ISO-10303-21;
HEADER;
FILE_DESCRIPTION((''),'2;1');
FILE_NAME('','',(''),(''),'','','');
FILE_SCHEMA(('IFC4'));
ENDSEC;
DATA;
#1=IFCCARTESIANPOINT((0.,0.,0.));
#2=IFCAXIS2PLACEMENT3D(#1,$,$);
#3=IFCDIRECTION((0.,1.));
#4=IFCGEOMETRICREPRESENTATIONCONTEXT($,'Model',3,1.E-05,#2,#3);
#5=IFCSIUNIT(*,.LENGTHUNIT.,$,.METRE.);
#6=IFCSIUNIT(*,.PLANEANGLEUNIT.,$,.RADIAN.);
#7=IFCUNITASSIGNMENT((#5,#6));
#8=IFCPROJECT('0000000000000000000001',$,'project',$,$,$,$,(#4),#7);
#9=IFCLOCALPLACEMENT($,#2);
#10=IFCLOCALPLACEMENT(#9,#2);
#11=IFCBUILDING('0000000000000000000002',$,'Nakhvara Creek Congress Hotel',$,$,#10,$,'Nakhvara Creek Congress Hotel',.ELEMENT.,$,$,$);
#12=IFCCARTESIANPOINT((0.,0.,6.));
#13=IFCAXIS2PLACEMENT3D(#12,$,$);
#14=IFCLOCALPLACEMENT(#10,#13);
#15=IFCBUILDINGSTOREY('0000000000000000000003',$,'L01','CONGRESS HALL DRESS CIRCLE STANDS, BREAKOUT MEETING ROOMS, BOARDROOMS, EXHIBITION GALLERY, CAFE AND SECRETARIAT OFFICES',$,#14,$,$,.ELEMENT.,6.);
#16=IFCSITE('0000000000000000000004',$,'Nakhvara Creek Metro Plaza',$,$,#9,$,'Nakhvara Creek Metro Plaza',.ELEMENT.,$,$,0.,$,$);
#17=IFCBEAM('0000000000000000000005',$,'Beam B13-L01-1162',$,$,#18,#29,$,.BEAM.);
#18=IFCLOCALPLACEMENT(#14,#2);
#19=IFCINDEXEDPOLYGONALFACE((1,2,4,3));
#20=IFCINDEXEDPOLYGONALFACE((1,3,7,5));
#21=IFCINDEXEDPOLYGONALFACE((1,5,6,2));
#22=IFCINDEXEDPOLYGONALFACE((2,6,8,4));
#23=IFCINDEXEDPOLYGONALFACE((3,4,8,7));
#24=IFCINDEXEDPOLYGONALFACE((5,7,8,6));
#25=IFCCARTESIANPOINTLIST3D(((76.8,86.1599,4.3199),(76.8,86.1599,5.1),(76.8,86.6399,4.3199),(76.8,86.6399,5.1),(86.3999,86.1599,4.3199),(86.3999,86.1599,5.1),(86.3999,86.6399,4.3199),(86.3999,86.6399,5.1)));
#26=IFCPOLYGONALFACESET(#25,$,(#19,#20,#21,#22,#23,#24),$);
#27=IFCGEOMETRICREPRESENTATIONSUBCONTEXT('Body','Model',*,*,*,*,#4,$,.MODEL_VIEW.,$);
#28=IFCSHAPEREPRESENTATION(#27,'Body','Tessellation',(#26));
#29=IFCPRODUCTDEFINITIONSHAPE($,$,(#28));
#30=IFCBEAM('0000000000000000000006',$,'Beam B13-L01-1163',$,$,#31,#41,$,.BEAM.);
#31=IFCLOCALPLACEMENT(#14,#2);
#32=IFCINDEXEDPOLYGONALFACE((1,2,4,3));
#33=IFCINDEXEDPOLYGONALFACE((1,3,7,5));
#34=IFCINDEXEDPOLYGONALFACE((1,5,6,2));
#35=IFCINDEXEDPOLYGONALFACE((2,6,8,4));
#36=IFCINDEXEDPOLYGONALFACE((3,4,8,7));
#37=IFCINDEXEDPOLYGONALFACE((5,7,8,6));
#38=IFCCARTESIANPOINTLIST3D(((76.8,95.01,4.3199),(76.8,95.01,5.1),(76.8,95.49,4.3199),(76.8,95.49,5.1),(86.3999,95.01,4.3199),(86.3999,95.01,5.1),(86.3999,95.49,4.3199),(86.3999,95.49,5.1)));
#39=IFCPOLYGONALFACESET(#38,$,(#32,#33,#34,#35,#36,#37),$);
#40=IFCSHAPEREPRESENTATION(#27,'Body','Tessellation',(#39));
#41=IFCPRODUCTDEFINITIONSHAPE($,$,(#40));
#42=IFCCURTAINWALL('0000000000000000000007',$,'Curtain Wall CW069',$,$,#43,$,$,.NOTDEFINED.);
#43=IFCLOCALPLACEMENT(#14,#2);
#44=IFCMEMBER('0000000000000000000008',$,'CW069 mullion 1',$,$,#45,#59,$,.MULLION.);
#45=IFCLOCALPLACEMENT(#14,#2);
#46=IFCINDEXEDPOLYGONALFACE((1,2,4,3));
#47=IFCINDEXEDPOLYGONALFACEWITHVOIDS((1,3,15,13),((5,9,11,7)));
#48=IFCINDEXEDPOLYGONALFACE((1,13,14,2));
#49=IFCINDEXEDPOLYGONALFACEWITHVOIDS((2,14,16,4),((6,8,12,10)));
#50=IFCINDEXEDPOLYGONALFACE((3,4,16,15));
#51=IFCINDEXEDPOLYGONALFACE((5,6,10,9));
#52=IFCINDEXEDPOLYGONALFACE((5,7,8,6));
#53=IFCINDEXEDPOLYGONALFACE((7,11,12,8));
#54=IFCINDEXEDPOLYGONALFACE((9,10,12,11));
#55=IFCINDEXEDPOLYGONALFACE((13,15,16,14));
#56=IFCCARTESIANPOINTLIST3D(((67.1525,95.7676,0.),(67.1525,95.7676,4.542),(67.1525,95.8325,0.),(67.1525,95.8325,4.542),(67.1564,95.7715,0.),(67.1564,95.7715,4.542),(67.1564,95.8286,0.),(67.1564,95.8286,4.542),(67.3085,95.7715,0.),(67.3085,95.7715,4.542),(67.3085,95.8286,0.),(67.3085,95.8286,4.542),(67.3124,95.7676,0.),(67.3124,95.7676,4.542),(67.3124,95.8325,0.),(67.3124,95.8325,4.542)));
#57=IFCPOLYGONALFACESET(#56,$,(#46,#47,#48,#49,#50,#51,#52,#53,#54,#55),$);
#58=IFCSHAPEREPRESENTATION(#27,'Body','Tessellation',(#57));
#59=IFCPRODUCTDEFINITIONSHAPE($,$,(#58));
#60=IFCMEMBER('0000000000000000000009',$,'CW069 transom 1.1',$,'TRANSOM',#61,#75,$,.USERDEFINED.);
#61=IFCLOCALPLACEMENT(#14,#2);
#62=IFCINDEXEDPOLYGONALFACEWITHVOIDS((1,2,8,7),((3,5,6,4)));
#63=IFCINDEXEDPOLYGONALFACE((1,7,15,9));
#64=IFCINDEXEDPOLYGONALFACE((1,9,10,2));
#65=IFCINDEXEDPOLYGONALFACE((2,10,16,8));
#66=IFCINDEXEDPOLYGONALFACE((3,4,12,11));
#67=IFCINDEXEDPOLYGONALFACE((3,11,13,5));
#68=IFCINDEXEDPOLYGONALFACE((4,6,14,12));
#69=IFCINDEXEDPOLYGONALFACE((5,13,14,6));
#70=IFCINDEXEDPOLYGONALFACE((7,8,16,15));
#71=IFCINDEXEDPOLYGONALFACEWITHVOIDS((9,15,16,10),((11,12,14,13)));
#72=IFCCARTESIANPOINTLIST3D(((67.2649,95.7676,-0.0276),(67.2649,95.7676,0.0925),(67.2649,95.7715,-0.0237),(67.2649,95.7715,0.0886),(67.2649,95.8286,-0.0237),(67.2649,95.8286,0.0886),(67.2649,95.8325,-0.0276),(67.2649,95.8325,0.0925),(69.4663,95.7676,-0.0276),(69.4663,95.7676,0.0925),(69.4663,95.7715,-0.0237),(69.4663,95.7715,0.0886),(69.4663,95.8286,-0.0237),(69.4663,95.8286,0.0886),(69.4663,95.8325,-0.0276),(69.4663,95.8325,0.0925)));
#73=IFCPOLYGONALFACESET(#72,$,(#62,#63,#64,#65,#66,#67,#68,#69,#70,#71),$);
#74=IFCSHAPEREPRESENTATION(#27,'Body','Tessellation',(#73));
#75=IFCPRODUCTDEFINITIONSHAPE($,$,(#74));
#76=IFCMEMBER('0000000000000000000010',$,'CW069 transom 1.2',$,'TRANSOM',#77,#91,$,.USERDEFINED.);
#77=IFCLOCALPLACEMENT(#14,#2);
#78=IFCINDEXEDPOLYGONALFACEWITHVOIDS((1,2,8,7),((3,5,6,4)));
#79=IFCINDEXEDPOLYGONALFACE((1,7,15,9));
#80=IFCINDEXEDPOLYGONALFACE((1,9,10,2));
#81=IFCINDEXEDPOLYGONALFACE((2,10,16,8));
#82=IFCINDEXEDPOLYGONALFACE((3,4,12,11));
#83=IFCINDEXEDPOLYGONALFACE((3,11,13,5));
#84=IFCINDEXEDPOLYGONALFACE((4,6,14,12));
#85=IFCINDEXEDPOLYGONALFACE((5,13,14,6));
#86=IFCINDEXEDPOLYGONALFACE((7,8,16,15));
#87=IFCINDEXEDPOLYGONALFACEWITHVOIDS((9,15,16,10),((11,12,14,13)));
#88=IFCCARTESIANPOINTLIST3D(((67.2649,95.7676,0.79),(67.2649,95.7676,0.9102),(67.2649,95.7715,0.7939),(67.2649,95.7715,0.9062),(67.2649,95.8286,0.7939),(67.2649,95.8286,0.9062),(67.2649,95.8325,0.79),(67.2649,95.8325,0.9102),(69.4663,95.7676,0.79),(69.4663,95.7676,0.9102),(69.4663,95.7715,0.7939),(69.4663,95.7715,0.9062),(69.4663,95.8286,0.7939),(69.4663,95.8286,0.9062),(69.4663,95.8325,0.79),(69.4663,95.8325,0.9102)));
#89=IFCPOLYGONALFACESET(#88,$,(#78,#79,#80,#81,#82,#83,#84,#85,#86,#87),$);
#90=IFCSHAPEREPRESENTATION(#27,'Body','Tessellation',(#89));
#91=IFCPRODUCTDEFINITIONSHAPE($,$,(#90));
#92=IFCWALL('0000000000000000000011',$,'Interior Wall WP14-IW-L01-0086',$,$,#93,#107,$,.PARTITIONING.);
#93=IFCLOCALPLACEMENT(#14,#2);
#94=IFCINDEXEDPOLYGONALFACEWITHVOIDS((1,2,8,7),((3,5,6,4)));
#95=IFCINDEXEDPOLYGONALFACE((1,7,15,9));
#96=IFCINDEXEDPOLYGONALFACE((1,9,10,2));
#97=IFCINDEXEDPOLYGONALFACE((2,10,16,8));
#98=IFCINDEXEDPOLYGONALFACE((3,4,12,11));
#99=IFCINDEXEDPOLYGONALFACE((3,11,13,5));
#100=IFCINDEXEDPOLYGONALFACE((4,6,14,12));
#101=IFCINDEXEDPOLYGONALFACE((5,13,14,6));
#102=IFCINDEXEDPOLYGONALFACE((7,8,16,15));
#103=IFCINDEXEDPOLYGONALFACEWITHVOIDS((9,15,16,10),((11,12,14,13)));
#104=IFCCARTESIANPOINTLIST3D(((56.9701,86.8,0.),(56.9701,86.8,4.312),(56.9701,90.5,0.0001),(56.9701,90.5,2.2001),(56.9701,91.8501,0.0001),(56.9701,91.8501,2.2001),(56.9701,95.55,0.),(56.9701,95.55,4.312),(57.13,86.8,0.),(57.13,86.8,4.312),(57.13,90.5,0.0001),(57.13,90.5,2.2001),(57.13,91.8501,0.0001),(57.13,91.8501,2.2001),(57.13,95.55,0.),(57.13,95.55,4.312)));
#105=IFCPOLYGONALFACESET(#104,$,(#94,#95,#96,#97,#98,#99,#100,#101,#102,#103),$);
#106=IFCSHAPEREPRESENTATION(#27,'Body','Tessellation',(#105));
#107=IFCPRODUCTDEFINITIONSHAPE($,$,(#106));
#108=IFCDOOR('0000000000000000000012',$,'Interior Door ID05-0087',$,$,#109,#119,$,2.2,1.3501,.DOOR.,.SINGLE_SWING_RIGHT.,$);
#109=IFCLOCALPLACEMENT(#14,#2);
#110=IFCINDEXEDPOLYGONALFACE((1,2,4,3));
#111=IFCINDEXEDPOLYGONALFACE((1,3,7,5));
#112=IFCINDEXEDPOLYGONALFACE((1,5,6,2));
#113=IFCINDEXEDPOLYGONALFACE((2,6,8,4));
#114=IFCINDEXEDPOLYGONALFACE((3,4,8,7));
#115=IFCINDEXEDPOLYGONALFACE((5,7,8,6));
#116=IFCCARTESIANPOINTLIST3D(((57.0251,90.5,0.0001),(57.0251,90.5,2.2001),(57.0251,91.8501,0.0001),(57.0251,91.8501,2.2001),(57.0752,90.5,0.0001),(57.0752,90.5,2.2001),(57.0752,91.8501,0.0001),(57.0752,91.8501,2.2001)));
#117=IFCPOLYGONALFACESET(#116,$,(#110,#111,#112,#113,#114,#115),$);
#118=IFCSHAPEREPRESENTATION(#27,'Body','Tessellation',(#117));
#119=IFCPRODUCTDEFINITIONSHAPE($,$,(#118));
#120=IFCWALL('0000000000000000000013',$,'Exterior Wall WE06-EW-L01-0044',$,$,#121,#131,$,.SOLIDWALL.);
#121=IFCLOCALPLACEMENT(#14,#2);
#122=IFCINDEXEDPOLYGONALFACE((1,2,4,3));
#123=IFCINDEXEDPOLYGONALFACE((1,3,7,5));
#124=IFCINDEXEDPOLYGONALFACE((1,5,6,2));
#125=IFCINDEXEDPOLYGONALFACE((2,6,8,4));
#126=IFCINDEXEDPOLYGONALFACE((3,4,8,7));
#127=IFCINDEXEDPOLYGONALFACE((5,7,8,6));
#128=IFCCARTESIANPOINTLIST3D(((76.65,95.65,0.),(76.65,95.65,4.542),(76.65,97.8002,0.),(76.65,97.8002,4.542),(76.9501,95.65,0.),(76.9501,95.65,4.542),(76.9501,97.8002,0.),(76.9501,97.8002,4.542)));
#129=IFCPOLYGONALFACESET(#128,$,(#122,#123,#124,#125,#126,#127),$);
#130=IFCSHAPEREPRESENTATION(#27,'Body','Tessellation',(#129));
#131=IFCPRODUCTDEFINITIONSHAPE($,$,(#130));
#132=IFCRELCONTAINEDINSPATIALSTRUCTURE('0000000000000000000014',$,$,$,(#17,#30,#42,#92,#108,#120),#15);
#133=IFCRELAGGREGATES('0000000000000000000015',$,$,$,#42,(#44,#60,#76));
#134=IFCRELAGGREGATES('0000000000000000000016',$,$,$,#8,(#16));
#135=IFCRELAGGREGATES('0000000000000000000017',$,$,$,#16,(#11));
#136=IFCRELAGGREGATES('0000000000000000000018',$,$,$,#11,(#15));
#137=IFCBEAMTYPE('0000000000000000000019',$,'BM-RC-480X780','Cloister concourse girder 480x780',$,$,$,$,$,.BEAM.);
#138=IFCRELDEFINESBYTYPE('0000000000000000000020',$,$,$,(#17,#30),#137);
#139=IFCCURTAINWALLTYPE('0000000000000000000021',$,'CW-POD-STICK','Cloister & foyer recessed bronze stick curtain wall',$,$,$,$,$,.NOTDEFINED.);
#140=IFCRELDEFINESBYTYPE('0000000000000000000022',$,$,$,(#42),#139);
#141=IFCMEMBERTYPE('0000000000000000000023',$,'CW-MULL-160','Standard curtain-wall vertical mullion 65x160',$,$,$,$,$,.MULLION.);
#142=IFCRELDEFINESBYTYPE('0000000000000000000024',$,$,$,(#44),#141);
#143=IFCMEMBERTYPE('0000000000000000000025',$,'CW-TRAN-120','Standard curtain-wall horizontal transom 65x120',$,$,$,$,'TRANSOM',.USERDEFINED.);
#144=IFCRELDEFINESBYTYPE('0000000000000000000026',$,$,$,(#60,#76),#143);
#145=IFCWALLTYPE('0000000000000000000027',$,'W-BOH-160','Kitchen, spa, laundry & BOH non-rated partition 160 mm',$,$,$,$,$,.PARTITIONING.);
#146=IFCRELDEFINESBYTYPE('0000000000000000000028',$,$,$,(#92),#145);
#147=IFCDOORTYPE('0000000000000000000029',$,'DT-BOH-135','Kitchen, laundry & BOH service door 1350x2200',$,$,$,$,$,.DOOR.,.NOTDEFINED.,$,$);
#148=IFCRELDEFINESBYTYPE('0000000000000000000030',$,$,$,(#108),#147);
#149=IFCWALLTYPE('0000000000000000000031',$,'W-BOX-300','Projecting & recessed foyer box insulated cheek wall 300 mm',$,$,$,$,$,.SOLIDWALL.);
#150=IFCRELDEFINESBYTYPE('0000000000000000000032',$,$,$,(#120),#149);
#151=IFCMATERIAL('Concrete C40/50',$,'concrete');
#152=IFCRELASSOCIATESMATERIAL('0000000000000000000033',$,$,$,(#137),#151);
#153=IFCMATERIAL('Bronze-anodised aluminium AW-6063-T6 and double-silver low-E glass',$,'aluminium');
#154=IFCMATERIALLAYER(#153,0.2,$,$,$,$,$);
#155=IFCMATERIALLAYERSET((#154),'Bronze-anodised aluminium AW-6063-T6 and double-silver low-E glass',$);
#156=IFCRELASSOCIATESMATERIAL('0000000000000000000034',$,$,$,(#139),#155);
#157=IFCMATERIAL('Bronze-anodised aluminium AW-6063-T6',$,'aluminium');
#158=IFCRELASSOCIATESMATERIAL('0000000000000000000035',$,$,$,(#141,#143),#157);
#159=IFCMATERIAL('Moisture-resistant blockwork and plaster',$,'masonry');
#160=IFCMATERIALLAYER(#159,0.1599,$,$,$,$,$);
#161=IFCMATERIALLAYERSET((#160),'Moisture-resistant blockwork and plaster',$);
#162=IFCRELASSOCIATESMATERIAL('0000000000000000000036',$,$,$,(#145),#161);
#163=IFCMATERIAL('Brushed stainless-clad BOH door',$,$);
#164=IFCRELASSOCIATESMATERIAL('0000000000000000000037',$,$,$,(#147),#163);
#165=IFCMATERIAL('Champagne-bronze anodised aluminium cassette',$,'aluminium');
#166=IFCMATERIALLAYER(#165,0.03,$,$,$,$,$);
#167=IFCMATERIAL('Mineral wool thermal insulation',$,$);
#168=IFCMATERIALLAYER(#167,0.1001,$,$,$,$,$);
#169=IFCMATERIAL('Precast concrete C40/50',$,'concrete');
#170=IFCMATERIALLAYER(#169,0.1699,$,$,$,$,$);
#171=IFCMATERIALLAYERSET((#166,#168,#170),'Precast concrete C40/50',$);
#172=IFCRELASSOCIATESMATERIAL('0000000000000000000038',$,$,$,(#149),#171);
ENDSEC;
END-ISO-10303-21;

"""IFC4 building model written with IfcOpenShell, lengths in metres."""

from ifc_helpers import new_model, si_unit, direction, frame, frame_2d, origin, origin_2d, place, context, subcontext, project, spatial, rectangle, hollow_rectangle, extrude, material, layer, layer_set, material_profile, profile_set, type_object, element, fill, aggregate, save


model = new_model("IFC4")

# Units and contexts
model_context = context("Model", 3, precision=1e-05, world=origin(), true_north=direction((0.0, 1.0)))
body_context = subcontext(model_context, "Body", "Model", "MODEL_VIEW")
ifc_project = project(units=[si_unit("LENGTHUNIT", "METRE"), si_unit("PLANEANGLEUNIT", "RADIAN")], contexts=[model_context])

# Site, building, storey
site_placement = place(None, origin())
site = spatial("IfcSite", under=ifc_project, at=site_placement, Name="Nakhvara Creek Metro Plaza", LongName="Nakhvara Creek Metro Plaza", CompositionType="ELEMENT", RefElevation=0.0)
building_placement = place(site_placement, origin())
building = spatial("IfcBuilding", under=site, at=building_placement, Name="Nakhvara Creek Congress Hotel", LongName="Nakhvara Creek Congress Hotel", CompositionType="ELEMENT")
storey_placement = place(building_placement, frame((0.0, 0.0, 6.0)))
storey = spatial("IfcBuildingStorey", under=building, at=storey_placement, Name="L01", Description="CONGRESS HALL DRESS CIRCLE STANDS, BREAKOUT MEETING ROOMS, BOARDROOMS, EXHIBITION GALLERY, CAFE AND SECRETARIAT OFFICES", CompositionType="ELEMENT", Elevation=6.0)

# Beams
ifc_material_1 = material(Name="Concrete C40/50", Category="concrete")
ifc_material_profile_1 = material_profile(ifc_material_1, rectangle(XDim=0.48, YDim=0.78, at=origin_2d()), Name="RC-BM 480x780", Category="LoadBearing")
ifc_profile_set_1 = profile_set([ifc_material_profile_1], Name="Concrete C40/50")
beam_type_1 = type_object("IfcBeamType", Name="BM-RC-480X780", Description="Cloister concourse girder 480x780", PredefinedType="BEAM", material=ifc_profile_set_1)
for number, where, z_axis, x_axis, name in (
    (1, (76.8, 86.3999, 4.71), (1.0, 0.0, 0.0), (0.0, 1.0, 0.0), "Beam B13-L01-1162"),
    (2, (76.8, 95.25, 4.71), (1.0, 0.0, 0.0), (0.0, 1.0, 0.0), "Beam B13-L01-1163"),
):
    element("IfcBeam", number, at=place(storey_placement, frame(where, z_axis=z_axis, x_axis=x_axis)), inside=storey, type_object=beam_type_1, Name=name, PredefinedType="BEAM", context=body_context, shape_type="SweptSolid", body=[
        extrude(rectangle(XDim=0.48, YDim=0.78, at=origin_2d()), origin(), (0.0, 0.0, 1.0), 9.5999),
    ])

# Curtain wall, members
ifc_material_2 = material(Name="Bronze-anodised aluminium AW-6063-T6 and double-silver low-E glass", Category="aluminium")
ifc_layer_1 = layer(ifc_material_2, 0.2)
ifc_layer_set_1 = layer_set([ifc_layer_1], Name="Bronze-anodised aluminium AW-6063-T6 and double-silver low-E glass")
curtain_wall_type = type_object("IfcCurtainWallType", Name="CW-POD-STICK", Description="Cloister & foyer recessed bronze stick curtain wall", PredefinedType="NOTDEFINED", material=ifc_layer_set_1)
curtain_wall_placement = place(storey_placement, origin())
curtain_wall = element("IfcCurtainWall", 3, at=curtain_wall_placement, inside=storey, type_object=curtain_wall_type, Name="Curtain Wall CW069", PredefinedType="NOTDEFINED")
ifc_material_3 = material(Name="Bronze-anodised aluminium AW-6063-T6", Category="aluminium")
ifc_material_profile_2 = material_profile(ifc_material_3, hollow_rectangle(XDim=0.0649, YDim=0.1599, WallThickness=0.0039, at=origin_2d()), Name="ALU-MULL 65x160x4", Category="LoadBearing")
ifc_profile_set_2 = profile_set([ifc_material_profile_2], Name="Bronze-anodised aluminium AW-6063-T6")
member_type_1 = type_object("IfcMemberType", Name="CW-MULL-160", Description="Standard curtain-wall vertical mullion 65x160", PredefinedType="MULLION", material=ifc_profile_set_2)
member_1_placement = place(storey_placement, frame((67.2324, 95.8, 0.0), z_axis=(0.0, 0.0, 1.0), x_axis=(0.0, 1.0, 0.0)))
member_1 = element("IfcMember", 4, at=member_1_placement, type_object=member_type_1, Name="CW069 mullion 1", PredefinedType="MULLION", context=body_context, shape_type="SweptSolid", body=[
    extrude(hollow_rectangle(XDim=0.0649, YDim=0.1599, WallThickness=0.0039, at=origin_2d()), origin(), (0.0, 0.0, 1.0), 4.542),
])
ifc_material_profile_3 = material_profile(ifc_material_3, hollow_rectangle(XDim=0.0649, YDim=0.1201, WallThickness=0.0039, at=origin_2d()), Name="ALU-TRAN 65x120x4", Category="LoadBearing")
ifc_profile_set_3 = profile_set([ifc_material_profile_3], Name="Bronze-anodised aluminium AW-6063-T6")
member_type_2 = type_object("IfcMemberType", Name="CW-TRAN-120", Description="Standard curtain-wall horizontal transom 65x120", ElementType="TRANSOM", PredefinedType="USERDEFINED", material=ifc_profile_set_3)
member_2_placement = place(storey_placement, frame((67.2649, 95.8, 0.0325), z_axis=(1.0, 0.0, 0.0), x_axis=(0.0, 1.0, 0.0)))
member_2 = element("IfcMember", 5, at=member_2_placement, type_object=member_type_2, Name="CW069 transom 1.1", ObjectType="TRANSOM", PredefinedType="USERDEFINED", context=body_context, shape_type="SweptSolid", body=[
    extrude(hollow_rectangle(XDim=0.0649, YDim=0.1201, WallThickness=0.0039, at=origin_2d()), origin(), (0.0, 0.0, 1.0), 2.2014),
])
member_3_placement = place(storey_placement, frame((67.2649, 95.8, 0.8501), z_axis=(1.0, 0.0, 0.0), x_axis=(0.0, 1.0, 0.0)))
member_3 = element("IfcMember", 6, at=member_3_placement, type_object=member_type_2, Name="CW069 transom 1.2", ObjectType="TRANSOM", PredefinedType="USERDEFINED", context=body_context, shape_type="SweptSolid", body=[
    extrude(hollow_rectangle(XDim=0.0649, YDim=0.1201, WallThickness=0.0039, at=origin_2d()), origin(), (0.0, 0.0, 1.0), 2.2014),
])
aggregate(curtain_wall, [member_1, member_2, member_3])

# Wall, opening, door
ifc_material_4 = material(Name="Moisture-resistant blockwork and plaster", Category="masonry")
ifc_layer_2 = layer(ifc_material_4, 0.1599)
ifc_layer_set_2 = layer_set([ifc_layer_2], Name="Moisture-resistant blockwork and plaster")
wall_type_1 = type_object("IfcWallType", Name="W-BOH-160", Description="Kitchen, spa, laundry & BOH non-rated partition 160 mm", PredefinedType="PARTITIONING", material=ifc_layer_set_2)
wall_1_placement = place(storey_placement, frame((57.05, 86.8, 0.0), z_axis=(0.0, 0.0, 1.0), x_axis=(0.0, 1.0, 0.0)))
wall_1 = element("IfcWall", 7, at=wall_1_placement, inside=storey, type_object=wall_type_1, Name="Interior Wall WP14-IW-L01-0086", PredefinedType="PARTITIONING", context=body_context, shape_type="SweptSolid", body=[
    extrude(rectangle(XDim=8.75, YDim=0.1599, at=frame_2d((4.375, 0.0))), origin(), (0.0, 0.0, 1.0), 4.312),
])
opening_1_placement = place(wall_1_placement, frame((3.7, 0.0, 0.0)))
opening_1 = element("IfcOpeningElement", 8, at=opening_1_placement, cuts=wall_1, PredefinedType="OPENING", context=body_context, shape_type="SweptSolid", body=[
    extrude(rectangle(XDim=1.3501, YDim=2.2, at=frame_2d((0.675, 1.1001))), frame((0.0, 0.0918, 0.0), z_axis=(0.0, -1.0, 0.0), x_axis=(1.0, 0.0, 0.0)), (0.0, 0.0, 1.0), 0.1838),
])
ifc_material_5 = material(Name="Brushed stainless-clad BOH door")
door_type_1 = type_object("IfcDoorType", Name="DT-BOH-135", Description="Kitchen, laundry & BOH service door 1350x2200", OperationType="NOTDEFINED", PredefinedType="DOOR", material=ifc_material_5)
door_1_placement = place(opening_1_placement, origin())
door_1 = element("IfcDoor", 9, at=door_1_placement, inside=storey, type_object=door_type_1, Name="Interior Door ID05-0087", OperationType="SINGLE_SWING_RIGHT", OverallHeight=2.2, OverallWidth=1.3501, PredefinedType="DOOR", context=body_context, shape_type="SweptSolid", body=[
    extrude(rectangle(XDim=1.3501, YDim=2.2, at=frame_2d((0.675, 1.1001))), frame((0.0, 0.0249, 0.0), z_axis=(0.0, -1.0, 0.0), x_axis=(1.0, 0.0, 0.0)), (0.0, 0.0, 1.0), 0.05),
])
fill(opening_1, door_1)

# Wall
ifc_material_6 = material(Name="Champagne-bronze anodised aluminium cassette", Category="aluminium")
ifc_layer_3 = layer(ifc_material_6, 0.03)
ifc_material_7 = material(Name="Mineral wool thermal insulation")
ifc_layer_4 = layer(ifc_material_7, 0.1001)
ifc_material_8 = material(Name="Precast concrete C40/50", Category="concrete")
ifc_layer_5 = layer(ifc_material_8, 0.1699)
ifc_layer_set_3 = layer_set([ifc_layer_3, ifc_layer_4, ifc_layer_5], Name="Precast concrete C40/50")
wall_type_2 = type_object("IfcWallType", Name="W-BOX-300", Description="Projecting & recessed foyer box insulated cheek wall 300 mm", PredefinedType="SOLIDWALL", material=ifc_layer_set_3)
wall_2_placement = place(storey_placement, frame((76.8, 95.6499, 0.0), z_axis=(0.0, 0.0, 1.0), x_axis=(0.0, 1.0, 0.0)))
element("IfcWall", 10, at=wall_2_placement, inside=storey, type_object=wall_type_2, Name="Exterior Wall WE06-EW-L01-0044", PredefinedType="SOLIDWALL", context=body_context, shape_type="SweptSolid", body=[
    extrude(rectangle(XDim=2.1501, YDim=0.3, at=frame_2d((1.0752, 0.0))), origin(), (0.0, 0.0, 1.0), 4.542),
])

save(model, "model.ifc")
